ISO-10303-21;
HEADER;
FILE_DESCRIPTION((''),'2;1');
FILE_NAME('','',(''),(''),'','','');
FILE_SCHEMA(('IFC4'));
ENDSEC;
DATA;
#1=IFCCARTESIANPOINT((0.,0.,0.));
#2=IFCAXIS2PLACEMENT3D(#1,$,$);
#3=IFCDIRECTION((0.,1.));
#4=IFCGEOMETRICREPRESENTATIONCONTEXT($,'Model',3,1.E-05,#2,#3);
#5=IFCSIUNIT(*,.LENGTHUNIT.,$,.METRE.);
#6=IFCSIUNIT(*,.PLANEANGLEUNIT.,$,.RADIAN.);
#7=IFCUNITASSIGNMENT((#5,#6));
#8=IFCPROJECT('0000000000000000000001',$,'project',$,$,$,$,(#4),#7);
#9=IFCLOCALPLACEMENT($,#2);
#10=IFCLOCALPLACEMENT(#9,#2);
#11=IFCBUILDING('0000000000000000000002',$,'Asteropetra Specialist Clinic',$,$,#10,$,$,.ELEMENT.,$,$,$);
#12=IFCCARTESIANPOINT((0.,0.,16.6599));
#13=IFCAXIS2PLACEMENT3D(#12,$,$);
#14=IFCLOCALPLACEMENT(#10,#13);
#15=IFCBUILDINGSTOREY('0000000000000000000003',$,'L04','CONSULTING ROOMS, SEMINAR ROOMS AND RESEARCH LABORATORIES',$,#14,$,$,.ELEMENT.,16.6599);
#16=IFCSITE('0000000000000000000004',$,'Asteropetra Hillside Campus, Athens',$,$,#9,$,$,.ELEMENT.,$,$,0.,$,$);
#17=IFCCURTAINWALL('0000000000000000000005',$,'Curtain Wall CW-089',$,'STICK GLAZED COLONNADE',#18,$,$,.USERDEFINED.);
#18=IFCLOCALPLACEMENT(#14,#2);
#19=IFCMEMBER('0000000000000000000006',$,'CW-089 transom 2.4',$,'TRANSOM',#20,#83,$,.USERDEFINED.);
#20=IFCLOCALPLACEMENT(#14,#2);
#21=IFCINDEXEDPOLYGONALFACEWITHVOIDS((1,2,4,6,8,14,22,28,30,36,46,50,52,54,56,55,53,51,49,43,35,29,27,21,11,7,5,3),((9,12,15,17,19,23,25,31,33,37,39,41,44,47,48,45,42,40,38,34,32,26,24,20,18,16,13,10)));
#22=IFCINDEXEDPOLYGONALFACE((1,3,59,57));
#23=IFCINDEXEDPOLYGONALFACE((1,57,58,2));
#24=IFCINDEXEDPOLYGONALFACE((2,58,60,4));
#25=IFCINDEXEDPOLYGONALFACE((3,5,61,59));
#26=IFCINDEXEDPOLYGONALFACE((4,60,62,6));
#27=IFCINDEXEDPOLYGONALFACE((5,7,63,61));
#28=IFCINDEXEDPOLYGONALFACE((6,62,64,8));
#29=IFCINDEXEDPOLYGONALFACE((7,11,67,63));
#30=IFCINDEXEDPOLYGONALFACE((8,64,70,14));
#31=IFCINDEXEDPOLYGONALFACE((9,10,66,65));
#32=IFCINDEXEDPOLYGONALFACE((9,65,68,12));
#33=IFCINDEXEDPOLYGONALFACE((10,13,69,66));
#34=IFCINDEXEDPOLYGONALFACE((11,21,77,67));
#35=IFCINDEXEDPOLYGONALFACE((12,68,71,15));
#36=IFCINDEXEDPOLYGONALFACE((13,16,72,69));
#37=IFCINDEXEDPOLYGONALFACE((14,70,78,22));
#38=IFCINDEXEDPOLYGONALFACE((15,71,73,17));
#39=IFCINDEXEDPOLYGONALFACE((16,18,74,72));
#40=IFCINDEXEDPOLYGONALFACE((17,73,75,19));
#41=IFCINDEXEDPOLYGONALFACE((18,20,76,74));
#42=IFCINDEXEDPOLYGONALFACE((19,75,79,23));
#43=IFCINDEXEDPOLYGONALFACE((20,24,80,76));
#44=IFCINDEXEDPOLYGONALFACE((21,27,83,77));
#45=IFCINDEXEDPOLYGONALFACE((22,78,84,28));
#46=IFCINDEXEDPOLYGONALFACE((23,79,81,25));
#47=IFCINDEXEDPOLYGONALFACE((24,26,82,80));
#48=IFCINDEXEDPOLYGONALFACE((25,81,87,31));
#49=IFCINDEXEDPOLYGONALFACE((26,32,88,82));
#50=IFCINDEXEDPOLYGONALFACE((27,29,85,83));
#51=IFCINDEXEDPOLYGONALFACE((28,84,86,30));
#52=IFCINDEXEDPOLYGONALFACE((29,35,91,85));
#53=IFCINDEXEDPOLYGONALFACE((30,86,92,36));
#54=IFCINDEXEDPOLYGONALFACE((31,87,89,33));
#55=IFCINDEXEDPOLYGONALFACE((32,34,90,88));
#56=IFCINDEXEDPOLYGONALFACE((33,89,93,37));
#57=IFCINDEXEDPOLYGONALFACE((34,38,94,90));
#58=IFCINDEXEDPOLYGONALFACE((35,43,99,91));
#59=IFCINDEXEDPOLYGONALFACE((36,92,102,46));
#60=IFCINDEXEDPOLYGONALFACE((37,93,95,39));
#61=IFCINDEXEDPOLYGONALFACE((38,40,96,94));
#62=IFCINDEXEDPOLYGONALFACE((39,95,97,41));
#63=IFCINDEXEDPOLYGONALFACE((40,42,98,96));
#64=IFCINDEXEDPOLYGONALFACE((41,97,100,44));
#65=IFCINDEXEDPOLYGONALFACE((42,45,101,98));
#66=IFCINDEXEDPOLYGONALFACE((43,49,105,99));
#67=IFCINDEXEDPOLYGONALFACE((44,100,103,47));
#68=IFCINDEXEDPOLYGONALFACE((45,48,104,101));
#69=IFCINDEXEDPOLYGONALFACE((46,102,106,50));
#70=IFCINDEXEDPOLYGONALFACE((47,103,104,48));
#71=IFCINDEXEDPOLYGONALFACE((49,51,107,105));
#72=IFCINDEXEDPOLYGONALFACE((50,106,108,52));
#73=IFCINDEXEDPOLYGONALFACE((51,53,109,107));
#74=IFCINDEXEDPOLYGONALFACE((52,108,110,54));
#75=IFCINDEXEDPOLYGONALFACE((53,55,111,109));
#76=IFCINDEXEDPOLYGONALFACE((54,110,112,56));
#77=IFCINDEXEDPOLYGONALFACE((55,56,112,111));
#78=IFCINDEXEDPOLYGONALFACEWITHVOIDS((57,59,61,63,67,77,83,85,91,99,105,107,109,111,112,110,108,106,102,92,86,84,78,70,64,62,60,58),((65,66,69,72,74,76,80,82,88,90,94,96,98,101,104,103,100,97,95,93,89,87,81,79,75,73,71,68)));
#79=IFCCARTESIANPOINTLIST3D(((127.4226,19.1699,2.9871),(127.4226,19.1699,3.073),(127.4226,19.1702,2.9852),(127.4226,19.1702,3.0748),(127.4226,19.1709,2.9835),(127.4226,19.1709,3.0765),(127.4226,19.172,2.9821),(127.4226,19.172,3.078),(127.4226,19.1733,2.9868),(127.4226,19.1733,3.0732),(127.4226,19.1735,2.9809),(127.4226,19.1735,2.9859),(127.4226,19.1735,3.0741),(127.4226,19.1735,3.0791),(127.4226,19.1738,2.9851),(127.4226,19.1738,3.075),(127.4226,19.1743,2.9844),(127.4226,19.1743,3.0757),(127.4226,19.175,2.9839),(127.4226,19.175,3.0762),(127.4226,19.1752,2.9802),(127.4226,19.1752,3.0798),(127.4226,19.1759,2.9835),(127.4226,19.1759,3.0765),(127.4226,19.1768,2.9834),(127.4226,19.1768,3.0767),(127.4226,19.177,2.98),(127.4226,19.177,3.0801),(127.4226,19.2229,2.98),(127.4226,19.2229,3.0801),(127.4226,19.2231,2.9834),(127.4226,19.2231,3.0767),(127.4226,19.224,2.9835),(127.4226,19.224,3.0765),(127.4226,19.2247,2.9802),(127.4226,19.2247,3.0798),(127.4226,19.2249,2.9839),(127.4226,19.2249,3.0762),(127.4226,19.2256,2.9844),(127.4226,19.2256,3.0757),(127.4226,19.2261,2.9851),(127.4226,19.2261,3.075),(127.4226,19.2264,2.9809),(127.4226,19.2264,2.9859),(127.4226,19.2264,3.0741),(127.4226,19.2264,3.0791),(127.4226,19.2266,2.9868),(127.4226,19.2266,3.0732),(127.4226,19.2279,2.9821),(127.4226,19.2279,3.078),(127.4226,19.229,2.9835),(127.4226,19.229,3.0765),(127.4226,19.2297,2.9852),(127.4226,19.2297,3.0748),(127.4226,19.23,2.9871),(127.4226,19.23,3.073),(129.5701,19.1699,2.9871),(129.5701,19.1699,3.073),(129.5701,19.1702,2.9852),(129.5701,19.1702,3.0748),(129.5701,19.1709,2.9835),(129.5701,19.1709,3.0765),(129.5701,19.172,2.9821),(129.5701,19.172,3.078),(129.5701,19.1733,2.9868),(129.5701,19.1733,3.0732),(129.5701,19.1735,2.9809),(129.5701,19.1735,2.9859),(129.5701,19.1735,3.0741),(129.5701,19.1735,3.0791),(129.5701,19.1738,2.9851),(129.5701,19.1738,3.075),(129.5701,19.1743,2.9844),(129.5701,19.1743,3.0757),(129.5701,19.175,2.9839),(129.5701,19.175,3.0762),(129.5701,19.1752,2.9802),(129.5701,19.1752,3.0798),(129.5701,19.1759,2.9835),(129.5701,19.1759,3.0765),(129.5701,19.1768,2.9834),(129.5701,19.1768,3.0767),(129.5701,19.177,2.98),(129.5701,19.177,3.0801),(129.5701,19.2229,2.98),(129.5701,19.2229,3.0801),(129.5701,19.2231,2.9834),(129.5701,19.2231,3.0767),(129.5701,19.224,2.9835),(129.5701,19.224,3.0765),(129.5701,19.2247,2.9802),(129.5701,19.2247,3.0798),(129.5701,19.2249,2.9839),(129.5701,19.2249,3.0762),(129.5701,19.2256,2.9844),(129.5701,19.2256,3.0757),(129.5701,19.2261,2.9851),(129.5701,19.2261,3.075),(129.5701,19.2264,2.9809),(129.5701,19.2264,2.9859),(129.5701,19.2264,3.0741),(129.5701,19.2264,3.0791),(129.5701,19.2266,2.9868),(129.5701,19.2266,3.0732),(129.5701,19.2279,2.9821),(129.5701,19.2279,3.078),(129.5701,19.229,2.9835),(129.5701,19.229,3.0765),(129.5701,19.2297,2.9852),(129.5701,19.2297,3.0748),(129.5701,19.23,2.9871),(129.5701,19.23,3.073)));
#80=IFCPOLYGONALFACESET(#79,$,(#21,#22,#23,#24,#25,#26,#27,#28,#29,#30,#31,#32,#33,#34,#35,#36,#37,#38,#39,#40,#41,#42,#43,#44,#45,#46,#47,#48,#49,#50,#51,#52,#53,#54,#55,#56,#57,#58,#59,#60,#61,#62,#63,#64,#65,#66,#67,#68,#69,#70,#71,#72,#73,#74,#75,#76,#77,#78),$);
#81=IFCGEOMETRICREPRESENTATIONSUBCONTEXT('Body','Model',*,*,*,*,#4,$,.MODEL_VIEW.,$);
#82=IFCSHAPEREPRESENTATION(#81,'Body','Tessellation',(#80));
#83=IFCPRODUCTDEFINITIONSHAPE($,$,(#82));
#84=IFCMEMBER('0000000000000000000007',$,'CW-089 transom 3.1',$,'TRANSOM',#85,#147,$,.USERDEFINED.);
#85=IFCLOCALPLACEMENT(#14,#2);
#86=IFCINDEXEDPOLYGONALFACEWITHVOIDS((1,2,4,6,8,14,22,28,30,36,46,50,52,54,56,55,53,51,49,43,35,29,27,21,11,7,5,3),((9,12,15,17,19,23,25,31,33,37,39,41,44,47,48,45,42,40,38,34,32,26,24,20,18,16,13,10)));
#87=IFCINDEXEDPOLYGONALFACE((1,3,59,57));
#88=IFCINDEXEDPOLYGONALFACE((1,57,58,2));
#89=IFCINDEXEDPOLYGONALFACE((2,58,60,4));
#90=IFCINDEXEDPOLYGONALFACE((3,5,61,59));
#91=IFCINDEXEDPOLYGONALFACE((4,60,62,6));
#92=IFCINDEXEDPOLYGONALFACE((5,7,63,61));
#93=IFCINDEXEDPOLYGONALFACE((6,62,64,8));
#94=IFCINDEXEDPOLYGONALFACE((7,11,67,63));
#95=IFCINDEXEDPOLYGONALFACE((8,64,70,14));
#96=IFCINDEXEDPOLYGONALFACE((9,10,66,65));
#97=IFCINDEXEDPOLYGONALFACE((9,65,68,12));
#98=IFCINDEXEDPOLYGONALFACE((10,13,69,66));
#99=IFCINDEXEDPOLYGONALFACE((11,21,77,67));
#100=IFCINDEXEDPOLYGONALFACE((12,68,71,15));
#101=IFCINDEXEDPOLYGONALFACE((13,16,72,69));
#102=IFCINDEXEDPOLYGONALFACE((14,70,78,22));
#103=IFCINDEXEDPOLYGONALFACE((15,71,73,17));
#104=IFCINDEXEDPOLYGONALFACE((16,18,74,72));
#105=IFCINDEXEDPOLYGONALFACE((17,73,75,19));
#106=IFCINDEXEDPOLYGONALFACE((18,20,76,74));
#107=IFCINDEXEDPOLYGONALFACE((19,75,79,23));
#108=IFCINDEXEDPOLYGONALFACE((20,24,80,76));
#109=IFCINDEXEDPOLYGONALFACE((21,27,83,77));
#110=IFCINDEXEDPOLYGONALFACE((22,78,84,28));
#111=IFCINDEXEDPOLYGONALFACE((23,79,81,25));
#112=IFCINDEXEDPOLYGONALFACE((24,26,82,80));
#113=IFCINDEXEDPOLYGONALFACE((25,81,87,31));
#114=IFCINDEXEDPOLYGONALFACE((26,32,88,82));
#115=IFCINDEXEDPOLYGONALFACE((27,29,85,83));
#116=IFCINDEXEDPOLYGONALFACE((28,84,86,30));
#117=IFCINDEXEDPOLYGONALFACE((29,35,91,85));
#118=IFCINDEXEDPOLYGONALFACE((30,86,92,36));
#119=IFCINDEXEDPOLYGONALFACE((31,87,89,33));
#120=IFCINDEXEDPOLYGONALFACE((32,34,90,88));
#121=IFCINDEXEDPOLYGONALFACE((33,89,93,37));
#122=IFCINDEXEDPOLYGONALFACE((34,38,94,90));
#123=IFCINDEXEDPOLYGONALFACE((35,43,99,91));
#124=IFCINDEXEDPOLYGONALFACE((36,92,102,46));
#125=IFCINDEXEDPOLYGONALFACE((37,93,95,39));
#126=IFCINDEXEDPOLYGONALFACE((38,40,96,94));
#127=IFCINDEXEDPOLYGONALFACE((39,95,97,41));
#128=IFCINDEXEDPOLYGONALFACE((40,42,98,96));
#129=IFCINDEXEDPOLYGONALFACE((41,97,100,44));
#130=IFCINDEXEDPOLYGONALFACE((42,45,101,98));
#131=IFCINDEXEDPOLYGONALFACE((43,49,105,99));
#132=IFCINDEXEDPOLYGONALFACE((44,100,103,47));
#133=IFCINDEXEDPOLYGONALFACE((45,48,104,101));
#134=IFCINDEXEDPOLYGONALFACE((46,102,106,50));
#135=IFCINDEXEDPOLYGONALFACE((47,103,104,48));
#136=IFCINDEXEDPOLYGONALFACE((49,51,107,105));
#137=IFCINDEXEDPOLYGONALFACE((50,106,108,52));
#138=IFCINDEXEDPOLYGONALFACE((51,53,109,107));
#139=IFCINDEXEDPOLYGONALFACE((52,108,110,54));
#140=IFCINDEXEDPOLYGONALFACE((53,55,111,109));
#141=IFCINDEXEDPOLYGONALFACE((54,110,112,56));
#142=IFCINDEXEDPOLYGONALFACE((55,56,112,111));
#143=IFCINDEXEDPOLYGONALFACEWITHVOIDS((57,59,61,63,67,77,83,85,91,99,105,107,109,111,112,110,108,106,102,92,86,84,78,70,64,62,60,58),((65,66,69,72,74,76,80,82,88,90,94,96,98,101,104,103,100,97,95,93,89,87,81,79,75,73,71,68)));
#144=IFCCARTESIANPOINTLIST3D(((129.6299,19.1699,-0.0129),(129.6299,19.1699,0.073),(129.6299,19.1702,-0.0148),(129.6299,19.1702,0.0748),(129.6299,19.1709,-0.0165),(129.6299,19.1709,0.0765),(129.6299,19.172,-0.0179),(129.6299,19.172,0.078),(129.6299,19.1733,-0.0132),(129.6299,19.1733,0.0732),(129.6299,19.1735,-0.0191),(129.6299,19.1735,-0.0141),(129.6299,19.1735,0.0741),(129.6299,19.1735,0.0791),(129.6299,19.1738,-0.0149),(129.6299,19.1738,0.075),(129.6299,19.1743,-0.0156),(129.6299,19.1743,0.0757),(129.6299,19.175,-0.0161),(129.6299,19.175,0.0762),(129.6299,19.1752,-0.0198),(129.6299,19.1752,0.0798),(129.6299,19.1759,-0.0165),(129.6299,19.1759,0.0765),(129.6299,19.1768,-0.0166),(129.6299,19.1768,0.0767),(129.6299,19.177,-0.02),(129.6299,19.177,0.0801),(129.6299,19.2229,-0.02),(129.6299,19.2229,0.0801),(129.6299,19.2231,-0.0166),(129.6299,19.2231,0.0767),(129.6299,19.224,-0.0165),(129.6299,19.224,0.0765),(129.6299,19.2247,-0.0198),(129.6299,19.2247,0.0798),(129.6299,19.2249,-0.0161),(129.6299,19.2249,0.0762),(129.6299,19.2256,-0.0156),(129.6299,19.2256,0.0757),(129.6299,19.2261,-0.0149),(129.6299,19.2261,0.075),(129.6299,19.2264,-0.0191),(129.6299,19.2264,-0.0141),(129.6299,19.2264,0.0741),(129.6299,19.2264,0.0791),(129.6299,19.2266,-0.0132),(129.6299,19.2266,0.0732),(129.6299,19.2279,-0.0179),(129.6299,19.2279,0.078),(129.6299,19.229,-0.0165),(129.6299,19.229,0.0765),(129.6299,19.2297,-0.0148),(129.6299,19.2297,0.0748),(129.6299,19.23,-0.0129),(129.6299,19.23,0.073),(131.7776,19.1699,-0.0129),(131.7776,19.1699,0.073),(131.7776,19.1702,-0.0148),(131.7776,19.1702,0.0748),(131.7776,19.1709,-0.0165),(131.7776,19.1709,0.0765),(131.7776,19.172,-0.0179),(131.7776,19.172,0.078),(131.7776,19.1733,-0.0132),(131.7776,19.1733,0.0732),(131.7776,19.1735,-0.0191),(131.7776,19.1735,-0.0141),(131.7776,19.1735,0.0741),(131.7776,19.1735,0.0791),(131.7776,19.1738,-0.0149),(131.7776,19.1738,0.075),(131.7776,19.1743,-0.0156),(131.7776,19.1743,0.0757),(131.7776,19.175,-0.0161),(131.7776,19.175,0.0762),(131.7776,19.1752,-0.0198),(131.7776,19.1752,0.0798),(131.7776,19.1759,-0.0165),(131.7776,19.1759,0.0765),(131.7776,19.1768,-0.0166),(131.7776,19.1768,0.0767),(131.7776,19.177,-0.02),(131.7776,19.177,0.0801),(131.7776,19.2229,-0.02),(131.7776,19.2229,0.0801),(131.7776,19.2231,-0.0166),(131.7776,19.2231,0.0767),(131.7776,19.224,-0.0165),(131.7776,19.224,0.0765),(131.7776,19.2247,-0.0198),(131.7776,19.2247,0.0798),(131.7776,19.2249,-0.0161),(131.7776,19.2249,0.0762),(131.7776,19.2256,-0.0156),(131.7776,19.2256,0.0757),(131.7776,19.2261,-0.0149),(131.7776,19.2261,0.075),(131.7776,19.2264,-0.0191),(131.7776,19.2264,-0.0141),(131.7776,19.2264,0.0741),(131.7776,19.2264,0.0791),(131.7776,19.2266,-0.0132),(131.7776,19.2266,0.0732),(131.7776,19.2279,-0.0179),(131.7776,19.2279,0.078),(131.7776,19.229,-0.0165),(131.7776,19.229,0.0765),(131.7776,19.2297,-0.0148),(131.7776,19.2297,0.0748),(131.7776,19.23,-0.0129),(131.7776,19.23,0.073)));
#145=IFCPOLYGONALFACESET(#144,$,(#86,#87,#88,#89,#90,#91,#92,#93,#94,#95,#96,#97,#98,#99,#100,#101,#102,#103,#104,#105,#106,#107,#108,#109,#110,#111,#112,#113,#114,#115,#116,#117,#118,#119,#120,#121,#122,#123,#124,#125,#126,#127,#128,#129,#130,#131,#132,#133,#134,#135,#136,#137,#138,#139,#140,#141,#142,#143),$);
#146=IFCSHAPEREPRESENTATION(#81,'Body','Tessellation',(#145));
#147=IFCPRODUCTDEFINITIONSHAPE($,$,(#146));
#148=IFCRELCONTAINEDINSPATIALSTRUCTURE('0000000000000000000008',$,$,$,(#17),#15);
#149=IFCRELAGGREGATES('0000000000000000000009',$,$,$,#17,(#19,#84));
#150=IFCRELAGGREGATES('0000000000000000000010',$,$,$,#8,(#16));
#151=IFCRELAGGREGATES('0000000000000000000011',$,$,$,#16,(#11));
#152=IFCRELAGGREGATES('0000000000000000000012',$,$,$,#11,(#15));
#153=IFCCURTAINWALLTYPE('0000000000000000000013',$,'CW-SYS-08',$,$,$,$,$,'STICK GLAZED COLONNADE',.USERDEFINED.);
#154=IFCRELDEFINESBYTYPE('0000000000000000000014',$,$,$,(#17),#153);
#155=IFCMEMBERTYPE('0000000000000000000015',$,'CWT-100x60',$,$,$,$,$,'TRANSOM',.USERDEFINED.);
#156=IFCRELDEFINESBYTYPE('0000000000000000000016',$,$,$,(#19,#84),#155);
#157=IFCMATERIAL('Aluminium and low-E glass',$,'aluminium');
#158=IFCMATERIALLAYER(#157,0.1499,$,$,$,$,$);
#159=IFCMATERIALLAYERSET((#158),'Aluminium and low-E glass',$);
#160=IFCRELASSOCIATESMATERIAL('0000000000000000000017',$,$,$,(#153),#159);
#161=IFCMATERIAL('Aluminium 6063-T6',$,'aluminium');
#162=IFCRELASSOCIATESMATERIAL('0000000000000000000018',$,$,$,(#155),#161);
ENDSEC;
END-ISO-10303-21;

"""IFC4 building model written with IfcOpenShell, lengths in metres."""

from ifc_helpers import new_model, si_unit, direction, frame, origin, origin_2d, place, context, subcontext, project, spatial, hollow_rectangle, extrude, material, layer, layer_set, material_profile, profile_set, type_object, element, aggregate, save


model = new_model("IFC4")

# Units and contexts
model_context = context("Model", 3, precision=1e-05, world=origin(), true_north=direction((0.0, 1.0)))
body_context = subcontext(model_context, "Body", "Model", "MODEL_VIEW")
ifc_project = project(units=[si_unit("LENGTHUNIT", "METRE"), si_unit("PLANEANGLEUNIT", "RADIAN")], contexts=[model_context])

# Site, building, storey
site_placement = place(None, origin())
site = spatial("IfcSite", under=ifc_project, at=site_placement, Name="Asteropetra Hillside Campus, Athens", CompositionType="ELEMENT", RefElevation=0.0)
building_placement = place(site_placement, origin())
building = spatial("IfcBuilding", under=site, at=building_placement, Name="Asteropetra Specialist Clinic", CompositionType="ELEMENT")
storey_placement = place(building_placement, frame((0.0, 0.0, 16.6599)))
storey = spatial("IfcBuildingStorey", under=building, at=storey_placement, Name="L04", Description="CONSULTING ROOMS, SEMINAR ROOMS AND RESEARCH LABORATORIES", CompositionType="ELEMENT", Elevation=16.6599)

# Curtain wall, members
ifc_material_1 = material(Name="Aluminium and low-E glass", Category="aluminium")
ifc_layer_1 = layer(ifc_material_1, 0.1499)
ifc_layer_set_1 = layer_set([ifc_layer_1], Name="Aluminium and low-E glass")
curtain_wall_type = type_object("IfcCurtainWallType", Name="CW-SYS-08", ElementType="STICK GLAZED COLONNADE", PredefinedType="USERDEFINED", material=ifc_layer_set_1)
curtain_wall_placement = place(storey_placement, origin())
curtain_wall = element("IfcCurtainWall", 1, at=curtain_wall_placement, inside=storey, type_object=curtain_wall_type, Name="Curtain Wall CW-089", ObjectType="STICK GLAZED COLONNADE", PredefinedType="USERDEFINED")
ifc_material_2 = material(Name="Aluminium 6063-T6", Category="aluminium")
ifc_material_profile_1 = material_profile(ifc_material_2, hollow_rectangle(XDim=0.0601, YDim=0.1001, WallThickness=0.0034, InnerFilletRadius=0.0034, OuterFilletRadius=0.0071, at=origin_2d()), Name="TRN 100x60x3.5")
ifc_profile_set_1 = profile_set([ifc_material_profile_1], Name="Aluminium 6063-T6")
member_type_1 = type_object("IfcMemberType", Name="CWT-100x60", ElementType="TRANSOM", PredefinedType="USERDEFINED", material=ifc_profile_set_1)
member_1_placement = place(storey_placement, frame((127.4226, 19.2, 3.03), z_axis=(1.0, 0.0, 0.0), x_axis=(0.0, 1.0, 0.0)))
member_1 = element("IfcMember", 2, at=member_1_placement, type_object=member_type_1, Name="CW-089 transom 2.4", ObjectType="TRANSOM", PredefinedType="USERDEFINED", context=body_context, shape_type="SweptSolid", body=[
    extrude(hollow_rectangle(XDim=0.0601, YDim=0.1001, WallThickness=0.0034, InnerFilletRadius=0.0034, OuterFilletRadius=0.0071, at=origin_2d()), origin(), (0.0, 0.0, 1.0), 2.1475),
])
member_2_placement = place(storey_placement, frame((129.6299, 19.2, 0.03), z_axis=(1.0, 0.0, 0.0), x_axis=(0.0, 1.0, 0.0)))
member_2 = element("IfcMember", 3, at=member_2_placement, type_object=member_type_1, Name="CW-089 transom 3.1", ObjectType="TRANSOM", PredefinedType="USERDEFINED", context=body_context, shape_type="SweptSolid", body=[
    extrude(hollow_rectangle(XDim=0.0601, YDim=0.1001, WallThickness=0.0034, InnerFilletRadius=0.0034, OuterFilletRadius=0.0071, at=origin_2d()), origin(), (0.0, 0.0, 1.0), 2.1477),
])
aggregate(curtain_wall, [member_1, member_2])

save(model, "model.ifc")
